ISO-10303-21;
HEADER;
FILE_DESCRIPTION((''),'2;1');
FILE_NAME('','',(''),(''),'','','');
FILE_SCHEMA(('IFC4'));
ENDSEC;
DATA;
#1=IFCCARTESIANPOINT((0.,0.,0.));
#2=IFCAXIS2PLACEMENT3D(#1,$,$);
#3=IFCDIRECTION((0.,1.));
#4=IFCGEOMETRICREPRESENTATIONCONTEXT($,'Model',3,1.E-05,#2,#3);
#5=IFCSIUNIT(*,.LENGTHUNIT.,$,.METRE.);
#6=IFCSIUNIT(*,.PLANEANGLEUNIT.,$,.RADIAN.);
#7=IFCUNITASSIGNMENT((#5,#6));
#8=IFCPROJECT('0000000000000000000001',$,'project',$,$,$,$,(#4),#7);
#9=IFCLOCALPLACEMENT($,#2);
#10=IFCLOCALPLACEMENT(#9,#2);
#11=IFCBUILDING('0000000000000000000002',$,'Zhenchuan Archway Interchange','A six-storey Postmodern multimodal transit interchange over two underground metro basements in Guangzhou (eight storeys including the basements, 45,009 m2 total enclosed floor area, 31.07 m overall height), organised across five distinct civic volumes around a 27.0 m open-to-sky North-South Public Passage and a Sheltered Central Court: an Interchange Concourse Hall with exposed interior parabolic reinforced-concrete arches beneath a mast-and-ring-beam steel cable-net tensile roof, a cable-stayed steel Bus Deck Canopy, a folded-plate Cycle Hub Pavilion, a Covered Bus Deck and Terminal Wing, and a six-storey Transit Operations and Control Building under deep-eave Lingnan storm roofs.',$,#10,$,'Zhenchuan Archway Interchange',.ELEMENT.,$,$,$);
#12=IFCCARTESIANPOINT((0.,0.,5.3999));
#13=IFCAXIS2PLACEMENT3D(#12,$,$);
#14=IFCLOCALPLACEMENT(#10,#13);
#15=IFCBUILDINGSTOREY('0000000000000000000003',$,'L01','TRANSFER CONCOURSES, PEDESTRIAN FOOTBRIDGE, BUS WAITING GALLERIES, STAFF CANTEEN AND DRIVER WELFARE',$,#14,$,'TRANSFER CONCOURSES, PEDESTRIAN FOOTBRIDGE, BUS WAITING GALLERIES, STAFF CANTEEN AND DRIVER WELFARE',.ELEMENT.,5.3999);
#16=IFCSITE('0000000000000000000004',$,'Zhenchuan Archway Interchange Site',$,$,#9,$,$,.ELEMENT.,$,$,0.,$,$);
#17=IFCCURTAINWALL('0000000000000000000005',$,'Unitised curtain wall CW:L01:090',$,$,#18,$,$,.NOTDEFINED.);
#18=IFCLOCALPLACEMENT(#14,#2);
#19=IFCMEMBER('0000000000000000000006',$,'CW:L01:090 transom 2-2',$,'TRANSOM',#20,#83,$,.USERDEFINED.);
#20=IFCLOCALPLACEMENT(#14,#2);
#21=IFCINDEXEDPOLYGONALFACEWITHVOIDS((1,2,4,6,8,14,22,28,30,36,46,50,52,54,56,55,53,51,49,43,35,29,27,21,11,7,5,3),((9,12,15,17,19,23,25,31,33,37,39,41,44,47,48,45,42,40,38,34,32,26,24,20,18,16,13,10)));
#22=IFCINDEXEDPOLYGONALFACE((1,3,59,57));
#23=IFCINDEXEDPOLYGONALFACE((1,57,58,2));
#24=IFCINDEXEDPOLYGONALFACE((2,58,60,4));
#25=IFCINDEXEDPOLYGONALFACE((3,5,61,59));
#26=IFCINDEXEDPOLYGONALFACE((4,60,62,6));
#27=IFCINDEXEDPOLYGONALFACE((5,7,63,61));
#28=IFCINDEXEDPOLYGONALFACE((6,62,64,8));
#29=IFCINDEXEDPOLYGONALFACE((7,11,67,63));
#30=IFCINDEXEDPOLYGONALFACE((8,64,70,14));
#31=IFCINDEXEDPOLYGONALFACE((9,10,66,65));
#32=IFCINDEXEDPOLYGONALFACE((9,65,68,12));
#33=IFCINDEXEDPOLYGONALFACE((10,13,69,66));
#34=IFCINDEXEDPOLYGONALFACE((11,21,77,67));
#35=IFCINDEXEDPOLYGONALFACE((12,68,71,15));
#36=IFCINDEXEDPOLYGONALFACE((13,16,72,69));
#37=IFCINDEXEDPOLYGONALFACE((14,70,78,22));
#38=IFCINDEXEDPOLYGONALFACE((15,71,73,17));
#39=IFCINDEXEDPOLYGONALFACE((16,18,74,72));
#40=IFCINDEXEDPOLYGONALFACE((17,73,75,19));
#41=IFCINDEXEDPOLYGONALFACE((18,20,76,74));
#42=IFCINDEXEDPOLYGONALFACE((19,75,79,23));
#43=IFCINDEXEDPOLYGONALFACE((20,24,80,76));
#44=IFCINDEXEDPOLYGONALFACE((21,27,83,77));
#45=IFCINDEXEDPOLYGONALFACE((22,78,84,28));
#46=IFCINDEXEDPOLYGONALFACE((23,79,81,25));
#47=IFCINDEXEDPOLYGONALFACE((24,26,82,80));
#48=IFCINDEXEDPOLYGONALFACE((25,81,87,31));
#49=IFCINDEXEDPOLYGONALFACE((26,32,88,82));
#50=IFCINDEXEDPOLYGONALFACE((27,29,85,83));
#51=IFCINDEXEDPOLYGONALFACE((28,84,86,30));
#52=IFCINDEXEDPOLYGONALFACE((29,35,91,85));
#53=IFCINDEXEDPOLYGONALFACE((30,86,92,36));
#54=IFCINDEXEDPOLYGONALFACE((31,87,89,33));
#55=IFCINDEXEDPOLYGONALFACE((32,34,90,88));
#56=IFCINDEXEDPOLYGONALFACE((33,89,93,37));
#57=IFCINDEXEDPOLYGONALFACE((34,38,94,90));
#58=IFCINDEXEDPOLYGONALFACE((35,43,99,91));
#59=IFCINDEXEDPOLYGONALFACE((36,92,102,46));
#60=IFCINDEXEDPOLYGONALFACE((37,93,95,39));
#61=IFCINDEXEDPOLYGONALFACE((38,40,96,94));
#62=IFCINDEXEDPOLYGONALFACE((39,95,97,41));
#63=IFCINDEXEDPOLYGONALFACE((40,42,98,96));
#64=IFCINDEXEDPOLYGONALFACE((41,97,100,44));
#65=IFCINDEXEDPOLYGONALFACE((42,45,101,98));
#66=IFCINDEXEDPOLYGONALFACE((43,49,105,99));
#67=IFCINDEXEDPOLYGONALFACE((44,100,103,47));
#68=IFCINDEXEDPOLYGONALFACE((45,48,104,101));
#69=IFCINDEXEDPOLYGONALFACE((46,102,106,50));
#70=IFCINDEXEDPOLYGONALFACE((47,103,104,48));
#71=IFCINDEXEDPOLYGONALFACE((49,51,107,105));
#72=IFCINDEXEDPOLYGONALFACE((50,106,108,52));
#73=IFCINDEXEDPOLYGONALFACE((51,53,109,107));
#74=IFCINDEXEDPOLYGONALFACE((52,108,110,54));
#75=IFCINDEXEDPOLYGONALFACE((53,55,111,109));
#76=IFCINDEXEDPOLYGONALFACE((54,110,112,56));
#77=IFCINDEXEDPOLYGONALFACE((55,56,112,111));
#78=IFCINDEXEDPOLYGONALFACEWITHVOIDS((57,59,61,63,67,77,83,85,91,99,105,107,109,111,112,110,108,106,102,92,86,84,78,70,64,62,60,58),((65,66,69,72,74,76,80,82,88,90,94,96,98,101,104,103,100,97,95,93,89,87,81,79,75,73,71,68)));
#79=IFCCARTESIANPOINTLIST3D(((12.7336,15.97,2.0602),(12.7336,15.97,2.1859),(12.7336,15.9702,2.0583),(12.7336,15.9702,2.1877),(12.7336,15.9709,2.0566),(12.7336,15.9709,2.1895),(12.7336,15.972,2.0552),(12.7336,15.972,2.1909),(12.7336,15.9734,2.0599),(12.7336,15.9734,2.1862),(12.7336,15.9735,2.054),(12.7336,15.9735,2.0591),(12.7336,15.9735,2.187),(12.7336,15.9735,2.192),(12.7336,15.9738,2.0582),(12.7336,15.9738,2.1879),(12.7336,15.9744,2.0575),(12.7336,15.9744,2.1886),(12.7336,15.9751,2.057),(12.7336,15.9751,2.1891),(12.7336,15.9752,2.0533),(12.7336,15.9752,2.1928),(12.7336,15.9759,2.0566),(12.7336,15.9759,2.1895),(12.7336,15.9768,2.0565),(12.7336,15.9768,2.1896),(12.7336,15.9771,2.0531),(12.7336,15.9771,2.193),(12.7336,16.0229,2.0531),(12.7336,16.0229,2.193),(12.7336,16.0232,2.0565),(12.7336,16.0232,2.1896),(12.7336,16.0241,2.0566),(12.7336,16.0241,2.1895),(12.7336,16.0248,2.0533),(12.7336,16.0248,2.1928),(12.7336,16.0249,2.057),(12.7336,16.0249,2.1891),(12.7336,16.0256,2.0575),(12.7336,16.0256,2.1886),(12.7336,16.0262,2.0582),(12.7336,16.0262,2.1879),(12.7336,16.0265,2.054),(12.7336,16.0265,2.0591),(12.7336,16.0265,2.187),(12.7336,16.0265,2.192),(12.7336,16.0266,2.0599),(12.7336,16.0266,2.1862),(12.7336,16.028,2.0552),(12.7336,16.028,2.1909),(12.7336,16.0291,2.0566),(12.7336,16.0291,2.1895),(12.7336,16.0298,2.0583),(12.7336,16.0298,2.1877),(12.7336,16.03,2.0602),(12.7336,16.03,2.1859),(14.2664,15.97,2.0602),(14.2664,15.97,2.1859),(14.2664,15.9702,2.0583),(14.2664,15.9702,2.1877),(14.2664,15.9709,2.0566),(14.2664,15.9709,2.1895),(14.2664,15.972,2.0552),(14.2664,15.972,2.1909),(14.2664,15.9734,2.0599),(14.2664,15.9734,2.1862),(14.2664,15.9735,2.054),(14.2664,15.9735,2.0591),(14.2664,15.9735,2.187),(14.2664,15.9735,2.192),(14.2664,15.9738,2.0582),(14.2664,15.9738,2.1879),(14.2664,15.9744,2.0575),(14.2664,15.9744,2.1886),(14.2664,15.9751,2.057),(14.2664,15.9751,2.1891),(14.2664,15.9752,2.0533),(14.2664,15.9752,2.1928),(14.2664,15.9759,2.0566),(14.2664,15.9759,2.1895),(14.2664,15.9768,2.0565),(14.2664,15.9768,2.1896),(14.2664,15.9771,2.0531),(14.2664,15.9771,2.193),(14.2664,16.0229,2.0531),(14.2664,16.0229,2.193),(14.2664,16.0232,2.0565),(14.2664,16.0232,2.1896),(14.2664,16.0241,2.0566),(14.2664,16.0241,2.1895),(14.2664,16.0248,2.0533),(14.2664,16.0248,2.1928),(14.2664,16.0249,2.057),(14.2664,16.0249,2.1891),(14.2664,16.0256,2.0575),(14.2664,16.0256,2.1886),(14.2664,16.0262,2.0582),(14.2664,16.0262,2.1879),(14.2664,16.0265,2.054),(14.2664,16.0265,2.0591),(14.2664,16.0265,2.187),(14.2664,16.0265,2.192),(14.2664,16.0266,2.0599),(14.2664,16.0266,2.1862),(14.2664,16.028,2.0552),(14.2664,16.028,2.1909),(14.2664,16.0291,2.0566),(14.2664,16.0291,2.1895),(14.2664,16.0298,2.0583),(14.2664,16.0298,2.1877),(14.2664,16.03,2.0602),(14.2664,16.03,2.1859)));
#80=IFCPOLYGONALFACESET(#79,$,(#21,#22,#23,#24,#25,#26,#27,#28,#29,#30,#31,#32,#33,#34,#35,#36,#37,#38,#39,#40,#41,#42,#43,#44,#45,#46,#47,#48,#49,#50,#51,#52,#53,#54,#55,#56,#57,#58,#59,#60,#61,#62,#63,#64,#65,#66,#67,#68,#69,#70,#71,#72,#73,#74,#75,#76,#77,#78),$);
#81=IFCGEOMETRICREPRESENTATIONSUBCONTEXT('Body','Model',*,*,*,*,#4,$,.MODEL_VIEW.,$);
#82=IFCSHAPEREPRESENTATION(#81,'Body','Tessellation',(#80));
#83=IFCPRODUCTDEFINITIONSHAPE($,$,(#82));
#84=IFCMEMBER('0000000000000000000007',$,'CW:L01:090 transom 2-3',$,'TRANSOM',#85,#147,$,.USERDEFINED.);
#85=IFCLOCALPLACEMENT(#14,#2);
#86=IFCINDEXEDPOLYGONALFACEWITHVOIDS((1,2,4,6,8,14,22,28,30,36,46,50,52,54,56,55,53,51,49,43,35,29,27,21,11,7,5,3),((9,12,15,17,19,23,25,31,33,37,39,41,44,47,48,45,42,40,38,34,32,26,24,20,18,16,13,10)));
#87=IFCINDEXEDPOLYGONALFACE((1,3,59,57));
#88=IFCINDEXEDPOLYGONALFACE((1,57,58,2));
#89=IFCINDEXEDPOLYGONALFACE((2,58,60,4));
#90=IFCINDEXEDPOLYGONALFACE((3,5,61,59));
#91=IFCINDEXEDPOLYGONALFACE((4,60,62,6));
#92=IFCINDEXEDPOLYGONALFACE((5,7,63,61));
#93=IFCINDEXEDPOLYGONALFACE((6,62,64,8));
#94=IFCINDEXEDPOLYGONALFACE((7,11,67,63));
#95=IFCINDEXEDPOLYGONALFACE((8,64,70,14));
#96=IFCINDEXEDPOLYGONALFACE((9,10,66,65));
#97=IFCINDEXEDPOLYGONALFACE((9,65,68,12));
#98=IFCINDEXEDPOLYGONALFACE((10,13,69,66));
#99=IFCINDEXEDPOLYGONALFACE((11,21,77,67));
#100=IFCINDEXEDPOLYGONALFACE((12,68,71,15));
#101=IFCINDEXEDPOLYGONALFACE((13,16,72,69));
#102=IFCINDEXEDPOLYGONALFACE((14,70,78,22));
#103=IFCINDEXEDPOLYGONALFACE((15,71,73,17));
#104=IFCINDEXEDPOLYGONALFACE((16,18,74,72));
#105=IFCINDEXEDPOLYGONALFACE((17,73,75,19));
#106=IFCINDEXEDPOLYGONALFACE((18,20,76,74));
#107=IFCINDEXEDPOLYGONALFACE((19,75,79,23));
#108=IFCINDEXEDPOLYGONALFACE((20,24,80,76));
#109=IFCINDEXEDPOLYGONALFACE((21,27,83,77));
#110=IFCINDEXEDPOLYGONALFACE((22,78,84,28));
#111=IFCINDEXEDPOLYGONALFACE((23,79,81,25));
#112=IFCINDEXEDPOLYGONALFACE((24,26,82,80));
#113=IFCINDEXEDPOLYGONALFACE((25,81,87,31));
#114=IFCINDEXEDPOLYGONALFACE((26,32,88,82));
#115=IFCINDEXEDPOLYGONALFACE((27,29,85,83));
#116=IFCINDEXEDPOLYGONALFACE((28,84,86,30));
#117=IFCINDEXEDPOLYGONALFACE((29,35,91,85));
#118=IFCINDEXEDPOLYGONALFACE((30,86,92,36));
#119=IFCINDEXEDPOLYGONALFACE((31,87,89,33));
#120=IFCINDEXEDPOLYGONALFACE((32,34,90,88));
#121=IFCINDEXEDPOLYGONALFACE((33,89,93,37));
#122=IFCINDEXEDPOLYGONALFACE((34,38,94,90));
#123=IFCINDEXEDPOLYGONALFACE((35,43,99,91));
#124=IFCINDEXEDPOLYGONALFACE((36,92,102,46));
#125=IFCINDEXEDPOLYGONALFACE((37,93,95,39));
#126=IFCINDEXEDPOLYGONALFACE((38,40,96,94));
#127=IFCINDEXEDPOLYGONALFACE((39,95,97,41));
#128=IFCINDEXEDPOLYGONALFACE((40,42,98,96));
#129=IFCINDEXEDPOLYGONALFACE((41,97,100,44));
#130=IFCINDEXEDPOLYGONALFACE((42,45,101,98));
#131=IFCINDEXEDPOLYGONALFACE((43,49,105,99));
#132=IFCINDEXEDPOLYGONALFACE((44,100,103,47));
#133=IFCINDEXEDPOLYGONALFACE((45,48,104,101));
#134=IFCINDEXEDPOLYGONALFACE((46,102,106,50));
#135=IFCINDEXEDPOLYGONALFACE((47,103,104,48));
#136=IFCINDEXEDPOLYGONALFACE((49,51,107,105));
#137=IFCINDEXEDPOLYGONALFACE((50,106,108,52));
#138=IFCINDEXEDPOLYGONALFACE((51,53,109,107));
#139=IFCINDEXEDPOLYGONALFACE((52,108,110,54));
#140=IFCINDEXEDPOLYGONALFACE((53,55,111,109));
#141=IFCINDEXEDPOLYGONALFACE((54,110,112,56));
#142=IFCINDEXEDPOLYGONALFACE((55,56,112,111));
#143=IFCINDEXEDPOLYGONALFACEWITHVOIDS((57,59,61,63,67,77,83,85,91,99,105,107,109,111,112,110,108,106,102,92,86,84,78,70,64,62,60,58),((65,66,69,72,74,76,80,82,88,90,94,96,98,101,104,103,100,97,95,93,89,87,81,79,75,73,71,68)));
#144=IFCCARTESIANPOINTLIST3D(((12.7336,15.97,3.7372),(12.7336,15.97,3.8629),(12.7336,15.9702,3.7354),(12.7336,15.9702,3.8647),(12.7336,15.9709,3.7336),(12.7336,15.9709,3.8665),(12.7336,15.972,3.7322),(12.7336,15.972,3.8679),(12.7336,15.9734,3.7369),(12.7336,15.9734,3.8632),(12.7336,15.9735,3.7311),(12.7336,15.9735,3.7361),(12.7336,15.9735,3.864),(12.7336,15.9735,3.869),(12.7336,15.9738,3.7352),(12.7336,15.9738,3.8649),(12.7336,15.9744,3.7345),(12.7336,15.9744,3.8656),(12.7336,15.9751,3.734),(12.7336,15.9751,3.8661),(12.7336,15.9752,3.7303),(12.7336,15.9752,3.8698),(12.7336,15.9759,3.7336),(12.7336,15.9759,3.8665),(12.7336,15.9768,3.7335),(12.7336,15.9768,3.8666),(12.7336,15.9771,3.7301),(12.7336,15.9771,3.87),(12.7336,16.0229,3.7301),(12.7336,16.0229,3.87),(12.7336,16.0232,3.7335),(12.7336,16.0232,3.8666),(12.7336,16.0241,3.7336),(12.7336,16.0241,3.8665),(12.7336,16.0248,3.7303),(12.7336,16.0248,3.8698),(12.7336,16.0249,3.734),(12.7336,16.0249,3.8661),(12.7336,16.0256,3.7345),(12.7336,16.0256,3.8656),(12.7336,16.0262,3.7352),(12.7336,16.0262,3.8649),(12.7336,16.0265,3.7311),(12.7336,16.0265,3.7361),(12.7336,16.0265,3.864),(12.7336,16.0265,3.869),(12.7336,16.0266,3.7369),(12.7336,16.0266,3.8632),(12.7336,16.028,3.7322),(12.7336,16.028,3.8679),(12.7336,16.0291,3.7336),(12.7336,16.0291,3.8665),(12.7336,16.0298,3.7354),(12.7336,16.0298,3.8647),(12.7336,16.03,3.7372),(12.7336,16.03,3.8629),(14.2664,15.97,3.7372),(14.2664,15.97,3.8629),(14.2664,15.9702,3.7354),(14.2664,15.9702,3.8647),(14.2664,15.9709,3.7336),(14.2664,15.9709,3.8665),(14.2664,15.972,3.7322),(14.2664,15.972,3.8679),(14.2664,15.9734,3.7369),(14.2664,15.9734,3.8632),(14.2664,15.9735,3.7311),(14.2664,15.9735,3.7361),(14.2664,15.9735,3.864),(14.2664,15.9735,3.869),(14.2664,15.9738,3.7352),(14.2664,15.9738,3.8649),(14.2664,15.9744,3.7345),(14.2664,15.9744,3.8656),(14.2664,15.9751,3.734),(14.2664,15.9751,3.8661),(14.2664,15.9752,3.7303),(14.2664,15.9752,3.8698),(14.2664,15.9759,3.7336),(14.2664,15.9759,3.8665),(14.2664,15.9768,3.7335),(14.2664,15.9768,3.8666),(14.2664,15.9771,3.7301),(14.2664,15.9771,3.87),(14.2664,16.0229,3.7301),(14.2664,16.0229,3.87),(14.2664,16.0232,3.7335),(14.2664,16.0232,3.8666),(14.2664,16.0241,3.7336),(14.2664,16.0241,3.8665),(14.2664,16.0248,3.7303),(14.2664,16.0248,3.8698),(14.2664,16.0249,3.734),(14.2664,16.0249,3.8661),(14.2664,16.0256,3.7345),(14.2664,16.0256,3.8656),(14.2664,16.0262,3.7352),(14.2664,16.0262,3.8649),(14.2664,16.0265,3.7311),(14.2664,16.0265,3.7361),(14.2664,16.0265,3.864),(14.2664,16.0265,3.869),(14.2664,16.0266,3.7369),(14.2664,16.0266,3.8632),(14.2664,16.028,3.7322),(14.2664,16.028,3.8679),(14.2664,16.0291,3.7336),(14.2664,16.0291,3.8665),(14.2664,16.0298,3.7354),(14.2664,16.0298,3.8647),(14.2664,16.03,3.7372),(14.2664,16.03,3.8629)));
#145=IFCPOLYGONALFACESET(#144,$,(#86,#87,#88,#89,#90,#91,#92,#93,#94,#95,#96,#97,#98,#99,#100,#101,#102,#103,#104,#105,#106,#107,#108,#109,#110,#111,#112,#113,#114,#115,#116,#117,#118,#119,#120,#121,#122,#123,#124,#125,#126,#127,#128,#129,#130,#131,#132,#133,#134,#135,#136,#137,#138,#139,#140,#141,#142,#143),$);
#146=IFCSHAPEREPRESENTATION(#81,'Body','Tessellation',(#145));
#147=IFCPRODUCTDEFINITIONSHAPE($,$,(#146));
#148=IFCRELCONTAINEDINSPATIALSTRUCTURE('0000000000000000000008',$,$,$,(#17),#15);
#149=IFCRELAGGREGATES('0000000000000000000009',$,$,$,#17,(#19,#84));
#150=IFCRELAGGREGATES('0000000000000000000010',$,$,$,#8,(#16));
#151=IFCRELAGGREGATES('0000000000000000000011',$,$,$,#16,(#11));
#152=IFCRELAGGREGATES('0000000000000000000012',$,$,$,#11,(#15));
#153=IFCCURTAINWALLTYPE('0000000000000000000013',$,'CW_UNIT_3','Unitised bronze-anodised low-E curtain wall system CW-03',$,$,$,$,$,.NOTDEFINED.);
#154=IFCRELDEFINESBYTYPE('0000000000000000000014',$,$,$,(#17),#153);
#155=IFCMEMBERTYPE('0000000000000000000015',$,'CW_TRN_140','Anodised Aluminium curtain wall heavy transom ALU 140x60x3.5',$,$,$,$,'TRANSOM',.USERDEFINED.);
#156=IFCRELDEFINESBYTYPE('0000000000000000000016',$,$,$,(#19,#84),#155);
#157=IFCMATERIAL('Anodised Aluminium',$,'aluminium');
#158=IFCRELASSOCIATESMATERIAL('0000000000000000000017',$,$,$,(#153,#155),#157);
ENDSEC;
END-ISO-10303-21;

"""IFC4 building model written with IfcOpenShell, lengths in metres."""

from ifc_helpers import new_model, si_unit, direction, frame, origin, origin_2d, place, context, subcontext, project, spatial, hollow_rectangle, extrude, material, material_profile, profile_set, type_object, element, aggregate, save


model = new_model("IFC4")

# Units and contexts
model_context = context("Model", 3, precision=1e-05, world=origin(), true_north=direction((0.0, 1.0)))
body_context = subcontext(model_context, "Body", "Model", "MODEL_VIEW")
ifc_project = project(units=[si_unit("LENGTHUNIT", "METRE"), si_unit("PLANEANGLEUNIT", "RADIAN")], contexts=[model_context])

# Site, building, storey
site_placement = place(None, origin())
site = spatial("IfcSite", under=ifc_project, at=site_placement, Name="Zhenchuan Archway Interchange Site", CompositionType="ELEMENT", RefElevation=0.0)
building_placement = place(site_placement, origin())
building = spatial("IfcBuilding", under=site, at=building_placement, Name="Zhenchuan Archway Interchange", Description="A six-storey Postmodern multimodal transit interchange over two underground metro basements in Guangzhou (eight storeys including the basements, 45,009 m2 total enclosed floor area, 31.07 m overall height), organised across five distinct civic volumes around a 27.0 m open-to-sky North-South Public Passage and a Sheltered Central Court: an Interchange Concourse Hall with exposed interior parabolic reinforced-concrete arches beneath a mast-and-ring-beam steel cable-net tensile roof, a cable-stayed steel Bus Deck Canopy, a folded-plate Cycle Hub Pavilion, a Covered Bus Deck and Terminal Wing, and a six-storey Transit Operations and Control Building under deep-eave Lingnan storm roofs.", LongName="Zhenchuan Archway Interchange", CompositionType="ELEMENT")
storey_placement = place(building_placement, frame((0.0, 0.0, 5.3999)))
storey = spatial("IfcBuildingStorey", under=building, at=storey_placement, Name="L01", Description="TRANSFER CONCOURSES, PEDESTRIAN FOOTBRIDGE, BUS WAITING GALLERIES, STAFF CANTEEN AND DRIVER WELFARE", LongName="TRANSFER CONCOURSES, PEDESTRIAN FOOTBRIDGE, BUS WAITING GALLERIES, STAFF CANTEEN AND DRIVER WELFARE", CompositionType="ELEMENT", Elevation=5.3999)

# Shared definitions
ifc_material_1 = material(Name="Anodised Aluminium", Category="aluminium")

# Curtain wall, members
curtain_wall_type_1 = type_object("IfcCurtainWallType", Name="CW_UNIT_3", Description="Unitised bronze-anodised low-E curtain wall system CW-03", PredefinedType="NOTDEFINED", material=ifc_material_1)
curtain_wall_1_placement = place(storey_placement, origin())
curtain_wall_1 = element("IfcCurtainWall", 1, at=curtain_wall_1_placement, inside=storey, type_object=curtain_wall_type_1, Name="Unitised curtain wall CW:L01:090", PredefinedType="NOTDEFINED")
ifc_material_profile_1 = material_profile(ifc_material_1, hollow_rectangle(XDim=0.0601, YDim=0.1399, WallThickness=0.0034, InnerFilletRadius=0.0034, OuterFilletRadius=0.0071, at=origin_2d()), Name="ALU 140x60x3.5")
ifc_profile_set_1 = profile_set([ifc_material_profile_1], Name="Anodised Aluminium")
member_type_1 = type_object("IfcMemberType", Name="CW_TRN_140", Description="Anodised Aluminium curtain wall heavy transom ALU 140x60x3.5", ElementType="TRANSOM", PredefinedType="USERDEFINED", material=ifc_profile_set_1)
member_1_placement = place(storey_placement, frame((12.7336, 16.0, 2.123), z_axis=(1.0, 0.0, 0.0), x_axis=(0.0, 1.0, 0.0)))
member_1 = element("IfcMember", 2, at=member_1_placement, type_object=member_type_1, Name="CW:L01:090 transom 2-2", ObjectType="TRANSOM", PredefinedType="USERDEFINED", context=body_context, shape_type="SweptSolid", body=[
    extrude(hollow_rectangle(XDim=0.0601, YDim=0.1399, WallThickness=0.0034, InnerFilletRadius=0.0034, OuterFilletRadius=0.0071, at=origin_2d()), origin(), (0.0, 0.0, 1.0), 1.5327),
])
member_2_placement = place(storey_placement, frame((12.7336, 16.0, 3.8), z_axis=(1.0, 0.0, 0.0), x_axis=(0.0, 1.0, 0.0)))
member_2 = element("IfcMember", 3, at=member_2_placement, type_object=member_type_1, Name="CW:L01:090 transom 2-3", ObjectType="TRANSOM", PredefinedType="USERDEFINED", context=body_context, shape_type="SweptSolid", body=[
    extrude(hollow_rectangle(XDim=0.0601, YDim=0.1399, WallThickness=0.0034, InnerFilletRadius=0.0034, OuterFilletRadius=0.0071, at=origin_2d()), origin(), (0.0, 0.0, 1.0), 1.5327),
])

aggregate(curtain_wall_1, [member_1, member_2])

save(model, "model.ifc")
